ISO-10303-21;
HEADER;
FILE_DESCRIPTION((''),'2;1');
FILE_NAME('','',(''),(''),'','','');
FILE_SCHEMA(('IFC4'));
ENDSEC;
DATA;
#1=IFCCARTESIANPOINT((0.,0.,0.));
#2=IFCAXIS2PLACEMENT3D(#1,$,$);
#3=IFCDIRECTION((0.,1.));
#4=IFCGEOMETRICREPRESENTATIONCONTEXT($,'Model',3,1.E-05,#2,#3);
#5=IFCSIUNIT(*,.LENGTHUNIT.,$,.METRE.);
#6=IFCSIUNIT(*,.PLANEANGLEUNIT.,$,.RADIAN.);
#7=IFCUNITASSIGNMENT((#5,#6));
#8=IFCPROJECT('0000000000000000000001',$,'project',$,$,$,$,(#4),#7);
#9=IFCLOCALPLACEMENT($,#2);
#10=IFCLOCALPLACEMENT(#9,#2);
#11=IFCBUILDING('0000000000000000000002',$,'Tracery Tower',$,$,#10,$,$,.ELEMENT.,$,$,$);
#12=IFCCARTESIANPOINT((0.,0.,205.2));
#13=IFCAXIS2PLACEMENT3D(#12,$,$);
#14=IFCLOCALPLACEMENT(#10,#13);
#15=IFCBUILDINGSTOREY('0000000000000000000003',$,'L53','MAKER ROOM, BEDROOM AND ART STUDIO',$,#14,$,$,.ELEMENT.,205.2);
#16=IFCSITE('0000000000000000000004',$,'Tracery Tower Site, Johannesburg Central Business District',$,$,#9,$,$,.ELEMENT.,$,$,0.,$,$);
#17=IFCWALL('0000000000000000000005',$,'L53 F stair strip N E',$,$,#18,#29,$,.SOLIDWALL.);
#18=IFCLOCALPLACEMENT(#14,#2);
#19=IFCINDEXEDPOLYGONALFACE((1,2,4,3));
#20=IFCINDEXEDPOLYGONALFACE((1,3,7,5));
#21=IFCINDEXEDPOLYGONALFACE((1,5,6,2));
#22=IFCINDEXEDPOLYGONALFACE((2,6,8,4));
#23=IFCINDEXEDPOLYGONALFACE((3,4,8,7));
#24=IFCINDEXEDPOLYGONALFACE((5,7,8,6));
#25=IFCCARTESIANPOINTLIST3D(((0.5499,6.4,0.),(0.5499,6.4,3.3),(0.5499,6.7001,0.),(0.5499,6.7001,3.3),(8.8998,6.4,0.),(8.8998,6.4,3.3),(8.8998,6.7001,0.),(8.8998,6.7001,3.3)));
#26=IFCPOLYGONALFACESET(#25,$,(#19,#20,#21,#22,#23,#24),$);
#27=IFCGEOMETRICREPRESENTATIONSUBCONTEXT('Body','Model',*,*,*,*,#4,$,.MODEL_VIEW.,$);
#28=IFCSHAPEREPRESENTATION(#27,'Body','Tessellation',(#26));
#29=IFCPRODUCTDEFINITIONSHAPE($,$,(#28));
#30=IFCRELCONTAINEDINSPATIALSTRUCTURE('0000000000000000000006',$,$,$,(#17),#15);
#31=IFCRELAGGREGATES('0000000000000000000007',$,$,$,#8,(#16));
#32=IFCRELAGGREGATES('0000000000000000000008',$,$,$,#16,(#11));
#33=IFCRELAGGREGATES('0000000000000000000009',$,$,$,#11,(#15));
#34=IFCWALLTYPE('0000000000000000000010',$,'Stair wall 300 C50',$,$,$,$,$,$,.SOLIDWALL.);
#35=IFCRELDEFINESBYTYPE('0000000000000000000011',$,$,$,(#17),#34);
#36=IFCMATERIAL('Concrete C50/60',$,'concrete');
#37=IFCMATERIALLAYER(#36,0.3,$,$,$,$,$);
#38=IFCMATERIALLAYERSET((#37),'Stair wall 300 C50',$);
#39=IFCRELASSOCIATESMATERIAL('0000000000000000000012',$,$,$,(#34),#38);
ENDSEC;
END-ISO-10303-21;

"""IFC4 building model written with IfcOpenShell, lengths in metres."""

from ifc_helpers import new_model, si_unit, direction, frame, frame_2d, origin, place, context, subcontext, project, spatial, rectangle, extrude, material, layer, layer_set, type_object, element, save


model = new_model("IFC4")

# Units and contexts
model_context = context("Model", 3, precision=1e-05, world=origin(), true_north=direction((0.0, 1.0)))
body_context = subcontext(model_context, "Body", "Model", "MODEL_VIEW")
ifc_project = project(units=[si_unit("LENGTHUNIT", "METRE"), si_unit("PLANEANGLEUNIT", "RADIAN")], contexts=[model_context])

# Site, building, storey
site_placement = place(None, origin())
site = spatial("IfcSite", under=ifc_project, at=site_placement, Name="Tracery Tower Site, Johannesburg Central Business District", CompositionType="ELEMENT", RefElevation=0.0)
building_placement = place(site_placement, origin())
building = spatial("IfcBuilding", under=site, at=building_placement, Name="Tracery Tower", CompositionType="ELEMENT")
storey_placement = place(building_placement, frame((0.0, 0.0, 205.2)))
storey = spatial("IfcBuildingStorey", under=building, at=storey_placement, Name="L53", Description="MAKER ROOM, BEDROOM AND ART STUDIO", CompositionType="ELEMENT", Elevation=205.2)

# Wall
ifc_material_1 = material(Name="Concrete C50/60", Category="concrete")
ifc_layer_1 = layer(ifc_material_1, 0.3)
ifc_layer_set_1 = layer_set([ifc_layer_1], Name="Stair wall 300 C50")
wall_type_1 = type_object("IfcWallType", Name="Stair wall 300 C50", PredefinedType="SOLIDWALL", material=ifc_layer_set_1)
wall_1_placement = place(storey_placement, frame((0.55, 6.55, 0.0), z_axis=(0.0, 0.0, 1.0), x_axis=(1.0, 0.0, 0.0)))
element("IfcWall", 1, at=wall_1_placement, inside=storey, type_object=wall_type_1, Name="L53 F stair strip N E", PredefinedType="SOLIDWALL", context=body_context, shape_type="SweptSolid", body=[
    extrude(rectangle(XDim=8.3499, YDim=0.3, at=frame_2d((4.1748, 0.0))), origin(), (0.0, 0.0, 1.0), 3.3),
])

save(model, "model.ifc")
